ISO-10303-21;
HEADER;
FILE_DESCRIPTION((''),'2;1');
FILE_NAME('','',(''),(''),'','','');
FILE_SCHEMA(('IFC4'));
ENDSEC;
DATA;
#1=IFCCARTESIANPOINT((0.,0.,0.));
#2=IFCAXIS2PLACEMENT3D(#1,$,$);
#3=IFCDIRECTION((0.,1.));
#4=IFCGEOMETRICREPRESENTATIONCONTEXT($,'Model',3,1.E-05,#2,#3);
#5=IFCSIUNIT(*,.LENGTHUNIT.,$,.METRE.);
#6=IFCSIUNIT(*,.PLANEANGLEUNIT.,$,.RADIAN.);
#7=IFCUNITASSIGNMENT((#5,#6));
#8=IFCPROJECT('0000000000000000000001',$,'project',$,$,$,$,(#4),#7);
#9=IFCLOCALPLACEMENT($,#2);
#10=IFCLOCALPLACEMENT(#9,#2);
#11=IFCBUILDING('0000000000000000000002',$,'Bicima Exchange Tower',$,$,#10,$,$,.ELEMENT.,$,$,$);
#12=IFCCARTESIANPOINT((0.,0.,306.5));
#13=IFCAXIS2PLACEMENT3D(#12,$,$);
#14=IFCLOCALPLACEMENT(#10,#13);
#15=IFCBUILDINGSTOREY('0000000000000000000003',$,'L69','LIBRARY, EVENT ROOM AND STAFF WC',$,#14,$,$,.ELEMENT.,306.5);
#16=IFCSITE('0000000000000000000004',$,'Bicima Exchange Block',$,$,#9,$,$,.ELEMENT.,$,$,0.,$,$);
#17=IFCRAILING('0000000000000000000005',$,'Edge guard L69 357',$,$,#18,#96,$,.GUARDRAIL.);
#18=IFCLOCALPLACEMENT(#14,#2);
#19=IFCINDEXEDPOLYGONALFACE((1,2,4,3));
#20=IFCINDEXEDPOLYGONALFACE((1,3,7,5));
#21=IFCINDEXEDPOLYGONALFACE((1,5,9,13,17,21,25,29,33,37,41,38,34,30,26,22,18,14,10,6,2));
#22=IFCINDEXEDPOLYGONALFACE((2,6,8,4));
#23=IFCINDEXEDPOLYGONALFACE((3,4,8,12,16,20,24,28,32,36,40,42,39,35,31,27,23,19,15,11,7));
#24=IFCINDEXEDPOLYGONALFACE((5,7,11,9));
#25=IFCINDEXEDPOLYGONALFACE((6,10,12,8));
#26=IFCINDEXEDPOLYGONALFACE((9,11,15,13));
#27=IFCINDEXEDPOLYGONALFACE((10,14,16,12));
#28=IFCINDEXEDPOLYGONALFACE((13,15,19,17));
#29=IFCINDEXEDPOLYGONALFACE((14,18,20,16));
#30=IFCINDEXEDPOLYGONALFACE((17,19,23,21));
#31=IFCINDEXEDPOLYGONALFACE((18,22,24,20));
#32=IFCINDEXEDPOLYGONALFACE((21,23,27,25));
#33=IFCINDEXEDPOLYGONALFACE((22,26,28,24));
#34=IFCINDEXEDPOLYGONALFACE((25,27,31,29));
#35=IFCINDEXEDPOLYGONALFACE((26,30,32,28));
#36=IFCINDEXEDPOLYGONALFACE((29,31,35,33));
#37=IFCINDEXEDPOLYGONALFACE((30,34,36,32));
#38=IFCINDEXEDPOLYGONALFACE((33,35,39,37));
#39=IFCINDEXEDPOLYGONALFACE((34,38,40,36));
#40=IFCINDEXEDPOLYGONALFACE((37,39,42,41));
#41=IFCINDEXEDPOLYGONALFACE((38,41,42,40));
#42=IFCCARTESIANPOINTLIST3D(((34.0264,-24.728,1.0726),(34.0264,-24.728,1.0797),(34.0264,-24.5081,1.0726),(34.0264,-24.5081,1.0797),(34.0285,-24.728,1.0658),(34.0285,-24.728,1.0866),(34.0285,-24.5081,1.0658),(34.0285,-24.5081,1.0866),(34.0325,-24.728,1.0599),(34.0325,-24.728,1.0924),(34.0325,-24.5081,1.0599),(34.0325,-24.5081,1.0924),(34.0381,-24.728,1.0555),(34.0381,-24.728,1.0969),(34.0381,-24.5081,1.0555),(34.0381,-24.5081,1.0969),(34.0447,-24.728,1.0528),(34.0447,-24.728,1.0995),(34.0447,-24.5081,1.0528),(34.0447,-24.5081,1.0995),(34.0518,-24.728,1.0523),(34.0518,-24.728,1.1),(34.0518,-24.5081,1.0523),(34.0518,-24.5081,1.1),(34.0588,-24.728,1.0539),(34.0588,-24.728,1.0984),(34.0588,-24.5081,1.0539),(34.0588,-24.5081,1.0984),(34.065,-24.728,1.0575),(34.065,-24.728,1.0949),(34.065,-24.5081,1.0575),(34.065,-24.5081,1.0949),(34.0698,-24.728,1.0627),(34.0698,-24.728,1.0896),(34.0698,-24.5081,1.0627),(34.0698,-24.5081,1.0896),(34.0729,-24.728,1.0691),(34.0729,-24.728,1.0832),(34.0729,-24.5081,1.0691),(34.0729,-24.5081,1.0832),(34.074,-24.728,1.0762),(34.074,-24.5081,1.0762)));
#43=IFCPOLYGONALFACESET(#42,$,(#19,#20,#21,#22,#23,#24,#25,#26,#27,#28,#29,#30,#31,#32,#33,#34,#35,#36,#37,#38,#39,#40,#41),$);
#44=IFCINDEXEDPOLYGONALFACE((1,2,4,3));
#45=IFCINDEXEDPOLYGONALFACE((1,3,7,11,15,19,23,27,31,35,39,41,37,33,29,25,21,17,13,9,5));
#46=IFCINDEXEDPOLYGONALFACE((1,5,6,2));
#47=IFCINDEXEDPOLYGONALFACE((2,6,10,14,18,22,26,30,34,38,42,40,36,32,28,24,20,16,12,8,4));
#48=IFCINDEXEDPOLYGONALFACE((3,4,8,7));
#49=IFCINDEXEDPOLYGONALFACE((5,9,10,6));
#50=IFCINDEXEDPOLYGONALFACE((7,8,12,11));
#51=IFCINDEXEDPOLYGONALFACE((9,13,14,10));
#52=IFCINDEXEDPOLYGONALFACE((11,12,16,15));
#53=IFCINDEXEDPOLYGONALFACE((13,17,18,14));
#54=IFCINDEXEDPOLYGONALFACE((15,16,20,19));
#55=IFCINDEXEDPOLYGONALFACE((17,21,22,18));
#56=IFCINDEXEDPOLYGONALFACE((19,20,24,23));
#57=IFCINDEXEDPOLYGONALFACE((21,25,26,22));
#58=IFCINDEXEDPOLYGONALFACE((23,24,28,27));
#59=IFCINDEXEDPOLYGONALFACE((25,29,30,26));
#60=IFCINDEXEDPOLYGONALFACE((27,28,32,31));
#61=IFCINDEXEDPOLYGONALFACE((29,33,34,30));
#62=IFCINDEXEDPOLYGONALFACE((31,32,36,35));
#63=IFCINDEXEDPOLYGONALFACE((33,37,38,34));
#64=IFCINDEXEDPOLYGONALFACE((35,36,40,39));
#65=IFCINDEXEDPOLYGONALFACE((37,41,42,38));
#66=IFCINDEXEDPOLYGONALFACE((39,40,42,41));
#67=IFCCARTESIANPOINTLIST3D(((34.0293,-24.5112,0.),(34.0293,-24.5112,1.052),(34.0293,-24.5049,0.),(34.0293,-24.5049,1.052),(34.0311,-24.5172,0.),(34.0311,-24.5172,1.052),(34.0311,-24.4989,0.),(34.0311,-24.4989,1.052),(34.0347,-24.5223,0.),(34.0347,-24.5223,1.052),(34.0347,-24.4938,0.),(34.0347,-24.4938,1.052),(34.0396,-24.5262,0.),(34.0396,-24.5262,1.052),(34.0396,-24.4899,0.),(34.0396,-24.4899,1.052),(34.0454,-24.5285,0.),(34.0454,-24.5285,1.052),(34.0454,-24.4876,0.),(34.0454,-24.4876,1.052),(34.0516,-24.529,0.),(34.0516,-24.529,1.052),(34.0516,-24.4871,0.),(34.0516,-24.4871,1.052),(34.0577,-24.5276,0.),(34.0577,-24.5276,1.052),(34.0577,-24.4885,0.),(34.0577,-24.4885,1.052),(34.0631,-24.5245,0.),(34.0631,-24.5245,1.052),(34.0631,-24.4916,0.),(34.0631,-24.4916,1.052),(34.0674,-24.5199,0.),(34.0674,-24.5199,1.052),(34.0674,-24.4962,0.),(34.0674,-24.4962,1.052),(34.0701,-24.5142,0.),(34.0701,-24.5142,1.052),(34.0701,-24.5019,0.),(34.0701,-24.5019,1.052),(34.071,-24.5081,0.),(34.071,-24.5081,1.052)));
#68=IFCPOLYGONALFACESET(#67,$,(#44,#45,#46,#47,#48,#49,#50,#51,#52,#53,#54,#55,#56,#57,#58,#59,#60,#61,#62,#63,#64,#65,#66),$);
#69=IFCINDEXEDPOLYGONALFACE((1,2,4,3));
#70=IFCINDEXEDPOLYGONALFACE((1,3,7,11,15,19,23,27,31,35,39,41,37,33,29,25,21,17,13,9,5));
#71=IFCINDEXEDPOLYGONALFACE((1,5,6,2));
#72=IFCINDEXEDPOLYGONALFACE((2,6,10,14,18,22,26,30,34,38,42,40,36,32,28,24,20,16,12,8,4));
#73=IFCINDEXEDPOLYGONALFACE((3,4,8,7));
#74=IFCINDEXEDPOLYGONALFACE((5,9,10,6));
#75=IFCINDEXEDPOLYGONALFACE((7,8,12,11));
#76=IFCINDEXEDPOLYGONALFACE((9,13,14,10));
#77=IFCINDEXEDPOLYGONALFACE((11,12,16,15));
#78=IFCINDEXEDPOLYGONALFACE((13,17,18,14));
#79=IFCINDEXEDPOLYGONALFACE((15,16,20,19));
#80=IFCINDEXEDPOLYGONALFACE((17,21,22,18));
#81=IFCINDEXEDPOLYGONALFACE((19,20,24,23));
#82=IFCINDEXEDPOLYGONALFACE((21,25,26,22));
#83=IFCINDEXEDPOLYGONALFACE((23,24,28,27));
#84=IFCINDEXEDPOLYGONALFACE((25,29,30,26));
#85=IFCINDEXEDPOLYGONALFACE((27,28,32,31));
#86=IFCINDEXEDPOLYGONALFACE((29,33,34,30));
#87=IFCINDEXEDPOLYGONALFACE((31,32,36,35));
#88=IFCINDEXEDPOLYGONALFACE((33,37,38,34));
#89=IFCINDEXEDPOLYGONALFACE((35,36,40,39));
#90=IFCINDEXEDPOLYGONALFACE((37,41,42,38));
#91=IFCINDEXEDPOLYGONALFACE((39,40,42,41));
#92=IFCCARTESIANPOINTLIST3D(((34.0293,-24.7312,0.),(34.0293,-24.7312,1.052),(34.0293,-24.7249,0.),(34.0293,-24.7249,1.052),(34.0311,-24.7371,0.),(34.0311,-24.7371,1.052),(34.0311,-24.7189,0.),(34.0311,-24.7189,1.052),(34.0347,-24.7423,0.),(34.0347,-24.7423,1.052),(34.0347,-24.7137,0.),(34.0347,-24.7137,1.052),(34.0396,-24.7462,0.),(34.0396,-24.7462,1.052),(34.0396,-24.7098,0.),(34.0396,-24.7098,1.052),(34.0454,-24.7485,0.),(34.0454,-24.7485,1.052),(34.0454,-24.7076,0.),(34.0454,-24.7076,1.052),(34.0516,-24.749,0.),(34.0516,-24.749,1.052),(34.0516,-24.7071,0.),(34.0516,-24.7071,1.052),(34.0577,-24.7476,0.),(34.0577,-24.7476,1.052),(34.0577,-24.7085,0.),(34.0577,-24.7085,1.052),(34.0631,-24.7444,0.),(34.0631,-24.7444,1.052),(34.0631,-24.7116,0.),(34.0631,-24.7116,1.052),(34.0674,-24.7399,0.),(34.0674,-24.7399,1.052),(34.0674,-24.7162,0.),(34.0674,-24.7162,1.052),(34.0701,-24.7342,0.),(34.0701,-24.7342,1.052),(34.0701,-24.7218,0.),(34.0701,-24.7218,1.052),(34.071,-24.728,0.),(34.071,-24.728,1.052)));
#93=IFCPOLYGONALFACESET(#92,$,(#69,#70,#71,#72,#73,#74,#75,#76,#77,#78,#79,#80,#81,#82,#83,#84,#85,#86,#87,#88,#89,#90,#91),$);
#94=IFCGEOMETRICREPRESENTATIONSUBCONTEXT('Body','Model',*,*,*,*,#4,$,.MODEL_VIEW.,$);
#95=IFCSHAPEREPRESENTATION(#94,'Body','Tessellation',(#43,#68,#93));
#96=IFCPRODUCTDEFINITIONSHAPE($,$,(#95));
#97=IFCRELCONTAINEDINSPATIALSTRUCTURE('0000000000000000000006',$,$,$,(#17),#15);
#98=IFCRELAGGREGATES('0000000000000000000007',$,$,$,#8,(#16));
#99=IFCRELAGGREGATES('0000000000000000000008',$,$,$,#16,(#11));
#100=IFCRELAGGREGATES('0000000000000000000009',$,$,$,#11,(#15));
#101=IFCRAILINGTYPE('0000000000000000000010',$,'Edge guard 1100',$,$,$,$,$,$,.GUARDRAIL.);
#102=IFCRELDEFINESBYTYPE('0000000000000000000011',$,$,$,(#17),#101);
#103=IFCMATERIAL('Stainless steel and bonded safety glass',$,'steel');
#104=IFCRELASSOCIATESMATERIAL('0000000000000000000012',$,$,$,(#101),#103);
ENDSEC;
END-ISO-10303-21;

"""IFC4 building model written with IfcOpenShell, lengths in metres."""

from ifc_helpers import new_model, si_unit, direction, frame, origin, origin_2d, place, context, subcontext, project, spatial, circle, extrude, material, type_object, element, save


model = new_model("IFC4")

# Units and contexts
model_context = context("Model", 3, precision=1e-05, world=origin(), true_north=direction((0.0, 1.0)))
body_context = subcontext(model_context, "Body", "Model", "MODEL_VIEW")
ifc_project = project(units=[si_unit("LENGTHUNIT", "METRE"), si_unit("PLANEANGLEUNIT", "RADIAN")], contexts=[model_context])

# Site, building, storey
site_placement = place(None, origin())
site = spatial("IfcSite", under=ifc_project, at=site_placement, Name="Bicima Exchange Block", CompositionType="ELEMENT", RefElevation=0.0)
building_placement = place(site_placement, origin())
building = spatial("IfcBuilding", under=site, at=building_placement, Name="Bicima Exchange Tower", CompositionType="ELEMENT")
storey_placement = place(building_placement, frame((0.0, 0.0, 306.5)))
storey = spatial("IfcBuildingStorey", under=building, at=storey_placement, Name="L69", Description="LIBRARY, EVENT ROOM AND STAFF WC", CompositionType="ELEMENT", Elevation=306.5)

# Railing
ifc_material_1 = material(Name="Stainless steel and bonded safety glass", Category="steel")
railing_type = type_object("IfcRailingType", Name="Edge guard 1100", PredefinedType="GUARDRAIL", material=ifc_material_1)
railing_1_placement = place(storey_placement, frame((34.05, -24.5081, 0.0)))
element("IfcRailing", 1, at=railing_1_placement, inside=storey, type_object=railing_type, Name="Edge guard L69 357", PredefinedType="GUARDRAIL", context=body_context, shape_type="SweptSolid", body=[
    extrude(circle(Radius=0.0239, at=origin_2d()), frame((0.0, 0.0, 1.0762), z_axis=(0.0, -1.0, 0.0), x_axis=(1.0, 0.0, 0.0)), (0.0, 0.0, 1.0), 0.22),
    extrude(circle(Radius=0.021, at=origin_2d()), origin(), (0.0, 0.0, 1.0), 1.052),
    extrude(circle(Radius=0.021, at=origin_2d()), frame((0.0, -0.22, 0.0)), (0.0, 0.0, 1.0), 1.052),
])

save(model, "model.ifc")
